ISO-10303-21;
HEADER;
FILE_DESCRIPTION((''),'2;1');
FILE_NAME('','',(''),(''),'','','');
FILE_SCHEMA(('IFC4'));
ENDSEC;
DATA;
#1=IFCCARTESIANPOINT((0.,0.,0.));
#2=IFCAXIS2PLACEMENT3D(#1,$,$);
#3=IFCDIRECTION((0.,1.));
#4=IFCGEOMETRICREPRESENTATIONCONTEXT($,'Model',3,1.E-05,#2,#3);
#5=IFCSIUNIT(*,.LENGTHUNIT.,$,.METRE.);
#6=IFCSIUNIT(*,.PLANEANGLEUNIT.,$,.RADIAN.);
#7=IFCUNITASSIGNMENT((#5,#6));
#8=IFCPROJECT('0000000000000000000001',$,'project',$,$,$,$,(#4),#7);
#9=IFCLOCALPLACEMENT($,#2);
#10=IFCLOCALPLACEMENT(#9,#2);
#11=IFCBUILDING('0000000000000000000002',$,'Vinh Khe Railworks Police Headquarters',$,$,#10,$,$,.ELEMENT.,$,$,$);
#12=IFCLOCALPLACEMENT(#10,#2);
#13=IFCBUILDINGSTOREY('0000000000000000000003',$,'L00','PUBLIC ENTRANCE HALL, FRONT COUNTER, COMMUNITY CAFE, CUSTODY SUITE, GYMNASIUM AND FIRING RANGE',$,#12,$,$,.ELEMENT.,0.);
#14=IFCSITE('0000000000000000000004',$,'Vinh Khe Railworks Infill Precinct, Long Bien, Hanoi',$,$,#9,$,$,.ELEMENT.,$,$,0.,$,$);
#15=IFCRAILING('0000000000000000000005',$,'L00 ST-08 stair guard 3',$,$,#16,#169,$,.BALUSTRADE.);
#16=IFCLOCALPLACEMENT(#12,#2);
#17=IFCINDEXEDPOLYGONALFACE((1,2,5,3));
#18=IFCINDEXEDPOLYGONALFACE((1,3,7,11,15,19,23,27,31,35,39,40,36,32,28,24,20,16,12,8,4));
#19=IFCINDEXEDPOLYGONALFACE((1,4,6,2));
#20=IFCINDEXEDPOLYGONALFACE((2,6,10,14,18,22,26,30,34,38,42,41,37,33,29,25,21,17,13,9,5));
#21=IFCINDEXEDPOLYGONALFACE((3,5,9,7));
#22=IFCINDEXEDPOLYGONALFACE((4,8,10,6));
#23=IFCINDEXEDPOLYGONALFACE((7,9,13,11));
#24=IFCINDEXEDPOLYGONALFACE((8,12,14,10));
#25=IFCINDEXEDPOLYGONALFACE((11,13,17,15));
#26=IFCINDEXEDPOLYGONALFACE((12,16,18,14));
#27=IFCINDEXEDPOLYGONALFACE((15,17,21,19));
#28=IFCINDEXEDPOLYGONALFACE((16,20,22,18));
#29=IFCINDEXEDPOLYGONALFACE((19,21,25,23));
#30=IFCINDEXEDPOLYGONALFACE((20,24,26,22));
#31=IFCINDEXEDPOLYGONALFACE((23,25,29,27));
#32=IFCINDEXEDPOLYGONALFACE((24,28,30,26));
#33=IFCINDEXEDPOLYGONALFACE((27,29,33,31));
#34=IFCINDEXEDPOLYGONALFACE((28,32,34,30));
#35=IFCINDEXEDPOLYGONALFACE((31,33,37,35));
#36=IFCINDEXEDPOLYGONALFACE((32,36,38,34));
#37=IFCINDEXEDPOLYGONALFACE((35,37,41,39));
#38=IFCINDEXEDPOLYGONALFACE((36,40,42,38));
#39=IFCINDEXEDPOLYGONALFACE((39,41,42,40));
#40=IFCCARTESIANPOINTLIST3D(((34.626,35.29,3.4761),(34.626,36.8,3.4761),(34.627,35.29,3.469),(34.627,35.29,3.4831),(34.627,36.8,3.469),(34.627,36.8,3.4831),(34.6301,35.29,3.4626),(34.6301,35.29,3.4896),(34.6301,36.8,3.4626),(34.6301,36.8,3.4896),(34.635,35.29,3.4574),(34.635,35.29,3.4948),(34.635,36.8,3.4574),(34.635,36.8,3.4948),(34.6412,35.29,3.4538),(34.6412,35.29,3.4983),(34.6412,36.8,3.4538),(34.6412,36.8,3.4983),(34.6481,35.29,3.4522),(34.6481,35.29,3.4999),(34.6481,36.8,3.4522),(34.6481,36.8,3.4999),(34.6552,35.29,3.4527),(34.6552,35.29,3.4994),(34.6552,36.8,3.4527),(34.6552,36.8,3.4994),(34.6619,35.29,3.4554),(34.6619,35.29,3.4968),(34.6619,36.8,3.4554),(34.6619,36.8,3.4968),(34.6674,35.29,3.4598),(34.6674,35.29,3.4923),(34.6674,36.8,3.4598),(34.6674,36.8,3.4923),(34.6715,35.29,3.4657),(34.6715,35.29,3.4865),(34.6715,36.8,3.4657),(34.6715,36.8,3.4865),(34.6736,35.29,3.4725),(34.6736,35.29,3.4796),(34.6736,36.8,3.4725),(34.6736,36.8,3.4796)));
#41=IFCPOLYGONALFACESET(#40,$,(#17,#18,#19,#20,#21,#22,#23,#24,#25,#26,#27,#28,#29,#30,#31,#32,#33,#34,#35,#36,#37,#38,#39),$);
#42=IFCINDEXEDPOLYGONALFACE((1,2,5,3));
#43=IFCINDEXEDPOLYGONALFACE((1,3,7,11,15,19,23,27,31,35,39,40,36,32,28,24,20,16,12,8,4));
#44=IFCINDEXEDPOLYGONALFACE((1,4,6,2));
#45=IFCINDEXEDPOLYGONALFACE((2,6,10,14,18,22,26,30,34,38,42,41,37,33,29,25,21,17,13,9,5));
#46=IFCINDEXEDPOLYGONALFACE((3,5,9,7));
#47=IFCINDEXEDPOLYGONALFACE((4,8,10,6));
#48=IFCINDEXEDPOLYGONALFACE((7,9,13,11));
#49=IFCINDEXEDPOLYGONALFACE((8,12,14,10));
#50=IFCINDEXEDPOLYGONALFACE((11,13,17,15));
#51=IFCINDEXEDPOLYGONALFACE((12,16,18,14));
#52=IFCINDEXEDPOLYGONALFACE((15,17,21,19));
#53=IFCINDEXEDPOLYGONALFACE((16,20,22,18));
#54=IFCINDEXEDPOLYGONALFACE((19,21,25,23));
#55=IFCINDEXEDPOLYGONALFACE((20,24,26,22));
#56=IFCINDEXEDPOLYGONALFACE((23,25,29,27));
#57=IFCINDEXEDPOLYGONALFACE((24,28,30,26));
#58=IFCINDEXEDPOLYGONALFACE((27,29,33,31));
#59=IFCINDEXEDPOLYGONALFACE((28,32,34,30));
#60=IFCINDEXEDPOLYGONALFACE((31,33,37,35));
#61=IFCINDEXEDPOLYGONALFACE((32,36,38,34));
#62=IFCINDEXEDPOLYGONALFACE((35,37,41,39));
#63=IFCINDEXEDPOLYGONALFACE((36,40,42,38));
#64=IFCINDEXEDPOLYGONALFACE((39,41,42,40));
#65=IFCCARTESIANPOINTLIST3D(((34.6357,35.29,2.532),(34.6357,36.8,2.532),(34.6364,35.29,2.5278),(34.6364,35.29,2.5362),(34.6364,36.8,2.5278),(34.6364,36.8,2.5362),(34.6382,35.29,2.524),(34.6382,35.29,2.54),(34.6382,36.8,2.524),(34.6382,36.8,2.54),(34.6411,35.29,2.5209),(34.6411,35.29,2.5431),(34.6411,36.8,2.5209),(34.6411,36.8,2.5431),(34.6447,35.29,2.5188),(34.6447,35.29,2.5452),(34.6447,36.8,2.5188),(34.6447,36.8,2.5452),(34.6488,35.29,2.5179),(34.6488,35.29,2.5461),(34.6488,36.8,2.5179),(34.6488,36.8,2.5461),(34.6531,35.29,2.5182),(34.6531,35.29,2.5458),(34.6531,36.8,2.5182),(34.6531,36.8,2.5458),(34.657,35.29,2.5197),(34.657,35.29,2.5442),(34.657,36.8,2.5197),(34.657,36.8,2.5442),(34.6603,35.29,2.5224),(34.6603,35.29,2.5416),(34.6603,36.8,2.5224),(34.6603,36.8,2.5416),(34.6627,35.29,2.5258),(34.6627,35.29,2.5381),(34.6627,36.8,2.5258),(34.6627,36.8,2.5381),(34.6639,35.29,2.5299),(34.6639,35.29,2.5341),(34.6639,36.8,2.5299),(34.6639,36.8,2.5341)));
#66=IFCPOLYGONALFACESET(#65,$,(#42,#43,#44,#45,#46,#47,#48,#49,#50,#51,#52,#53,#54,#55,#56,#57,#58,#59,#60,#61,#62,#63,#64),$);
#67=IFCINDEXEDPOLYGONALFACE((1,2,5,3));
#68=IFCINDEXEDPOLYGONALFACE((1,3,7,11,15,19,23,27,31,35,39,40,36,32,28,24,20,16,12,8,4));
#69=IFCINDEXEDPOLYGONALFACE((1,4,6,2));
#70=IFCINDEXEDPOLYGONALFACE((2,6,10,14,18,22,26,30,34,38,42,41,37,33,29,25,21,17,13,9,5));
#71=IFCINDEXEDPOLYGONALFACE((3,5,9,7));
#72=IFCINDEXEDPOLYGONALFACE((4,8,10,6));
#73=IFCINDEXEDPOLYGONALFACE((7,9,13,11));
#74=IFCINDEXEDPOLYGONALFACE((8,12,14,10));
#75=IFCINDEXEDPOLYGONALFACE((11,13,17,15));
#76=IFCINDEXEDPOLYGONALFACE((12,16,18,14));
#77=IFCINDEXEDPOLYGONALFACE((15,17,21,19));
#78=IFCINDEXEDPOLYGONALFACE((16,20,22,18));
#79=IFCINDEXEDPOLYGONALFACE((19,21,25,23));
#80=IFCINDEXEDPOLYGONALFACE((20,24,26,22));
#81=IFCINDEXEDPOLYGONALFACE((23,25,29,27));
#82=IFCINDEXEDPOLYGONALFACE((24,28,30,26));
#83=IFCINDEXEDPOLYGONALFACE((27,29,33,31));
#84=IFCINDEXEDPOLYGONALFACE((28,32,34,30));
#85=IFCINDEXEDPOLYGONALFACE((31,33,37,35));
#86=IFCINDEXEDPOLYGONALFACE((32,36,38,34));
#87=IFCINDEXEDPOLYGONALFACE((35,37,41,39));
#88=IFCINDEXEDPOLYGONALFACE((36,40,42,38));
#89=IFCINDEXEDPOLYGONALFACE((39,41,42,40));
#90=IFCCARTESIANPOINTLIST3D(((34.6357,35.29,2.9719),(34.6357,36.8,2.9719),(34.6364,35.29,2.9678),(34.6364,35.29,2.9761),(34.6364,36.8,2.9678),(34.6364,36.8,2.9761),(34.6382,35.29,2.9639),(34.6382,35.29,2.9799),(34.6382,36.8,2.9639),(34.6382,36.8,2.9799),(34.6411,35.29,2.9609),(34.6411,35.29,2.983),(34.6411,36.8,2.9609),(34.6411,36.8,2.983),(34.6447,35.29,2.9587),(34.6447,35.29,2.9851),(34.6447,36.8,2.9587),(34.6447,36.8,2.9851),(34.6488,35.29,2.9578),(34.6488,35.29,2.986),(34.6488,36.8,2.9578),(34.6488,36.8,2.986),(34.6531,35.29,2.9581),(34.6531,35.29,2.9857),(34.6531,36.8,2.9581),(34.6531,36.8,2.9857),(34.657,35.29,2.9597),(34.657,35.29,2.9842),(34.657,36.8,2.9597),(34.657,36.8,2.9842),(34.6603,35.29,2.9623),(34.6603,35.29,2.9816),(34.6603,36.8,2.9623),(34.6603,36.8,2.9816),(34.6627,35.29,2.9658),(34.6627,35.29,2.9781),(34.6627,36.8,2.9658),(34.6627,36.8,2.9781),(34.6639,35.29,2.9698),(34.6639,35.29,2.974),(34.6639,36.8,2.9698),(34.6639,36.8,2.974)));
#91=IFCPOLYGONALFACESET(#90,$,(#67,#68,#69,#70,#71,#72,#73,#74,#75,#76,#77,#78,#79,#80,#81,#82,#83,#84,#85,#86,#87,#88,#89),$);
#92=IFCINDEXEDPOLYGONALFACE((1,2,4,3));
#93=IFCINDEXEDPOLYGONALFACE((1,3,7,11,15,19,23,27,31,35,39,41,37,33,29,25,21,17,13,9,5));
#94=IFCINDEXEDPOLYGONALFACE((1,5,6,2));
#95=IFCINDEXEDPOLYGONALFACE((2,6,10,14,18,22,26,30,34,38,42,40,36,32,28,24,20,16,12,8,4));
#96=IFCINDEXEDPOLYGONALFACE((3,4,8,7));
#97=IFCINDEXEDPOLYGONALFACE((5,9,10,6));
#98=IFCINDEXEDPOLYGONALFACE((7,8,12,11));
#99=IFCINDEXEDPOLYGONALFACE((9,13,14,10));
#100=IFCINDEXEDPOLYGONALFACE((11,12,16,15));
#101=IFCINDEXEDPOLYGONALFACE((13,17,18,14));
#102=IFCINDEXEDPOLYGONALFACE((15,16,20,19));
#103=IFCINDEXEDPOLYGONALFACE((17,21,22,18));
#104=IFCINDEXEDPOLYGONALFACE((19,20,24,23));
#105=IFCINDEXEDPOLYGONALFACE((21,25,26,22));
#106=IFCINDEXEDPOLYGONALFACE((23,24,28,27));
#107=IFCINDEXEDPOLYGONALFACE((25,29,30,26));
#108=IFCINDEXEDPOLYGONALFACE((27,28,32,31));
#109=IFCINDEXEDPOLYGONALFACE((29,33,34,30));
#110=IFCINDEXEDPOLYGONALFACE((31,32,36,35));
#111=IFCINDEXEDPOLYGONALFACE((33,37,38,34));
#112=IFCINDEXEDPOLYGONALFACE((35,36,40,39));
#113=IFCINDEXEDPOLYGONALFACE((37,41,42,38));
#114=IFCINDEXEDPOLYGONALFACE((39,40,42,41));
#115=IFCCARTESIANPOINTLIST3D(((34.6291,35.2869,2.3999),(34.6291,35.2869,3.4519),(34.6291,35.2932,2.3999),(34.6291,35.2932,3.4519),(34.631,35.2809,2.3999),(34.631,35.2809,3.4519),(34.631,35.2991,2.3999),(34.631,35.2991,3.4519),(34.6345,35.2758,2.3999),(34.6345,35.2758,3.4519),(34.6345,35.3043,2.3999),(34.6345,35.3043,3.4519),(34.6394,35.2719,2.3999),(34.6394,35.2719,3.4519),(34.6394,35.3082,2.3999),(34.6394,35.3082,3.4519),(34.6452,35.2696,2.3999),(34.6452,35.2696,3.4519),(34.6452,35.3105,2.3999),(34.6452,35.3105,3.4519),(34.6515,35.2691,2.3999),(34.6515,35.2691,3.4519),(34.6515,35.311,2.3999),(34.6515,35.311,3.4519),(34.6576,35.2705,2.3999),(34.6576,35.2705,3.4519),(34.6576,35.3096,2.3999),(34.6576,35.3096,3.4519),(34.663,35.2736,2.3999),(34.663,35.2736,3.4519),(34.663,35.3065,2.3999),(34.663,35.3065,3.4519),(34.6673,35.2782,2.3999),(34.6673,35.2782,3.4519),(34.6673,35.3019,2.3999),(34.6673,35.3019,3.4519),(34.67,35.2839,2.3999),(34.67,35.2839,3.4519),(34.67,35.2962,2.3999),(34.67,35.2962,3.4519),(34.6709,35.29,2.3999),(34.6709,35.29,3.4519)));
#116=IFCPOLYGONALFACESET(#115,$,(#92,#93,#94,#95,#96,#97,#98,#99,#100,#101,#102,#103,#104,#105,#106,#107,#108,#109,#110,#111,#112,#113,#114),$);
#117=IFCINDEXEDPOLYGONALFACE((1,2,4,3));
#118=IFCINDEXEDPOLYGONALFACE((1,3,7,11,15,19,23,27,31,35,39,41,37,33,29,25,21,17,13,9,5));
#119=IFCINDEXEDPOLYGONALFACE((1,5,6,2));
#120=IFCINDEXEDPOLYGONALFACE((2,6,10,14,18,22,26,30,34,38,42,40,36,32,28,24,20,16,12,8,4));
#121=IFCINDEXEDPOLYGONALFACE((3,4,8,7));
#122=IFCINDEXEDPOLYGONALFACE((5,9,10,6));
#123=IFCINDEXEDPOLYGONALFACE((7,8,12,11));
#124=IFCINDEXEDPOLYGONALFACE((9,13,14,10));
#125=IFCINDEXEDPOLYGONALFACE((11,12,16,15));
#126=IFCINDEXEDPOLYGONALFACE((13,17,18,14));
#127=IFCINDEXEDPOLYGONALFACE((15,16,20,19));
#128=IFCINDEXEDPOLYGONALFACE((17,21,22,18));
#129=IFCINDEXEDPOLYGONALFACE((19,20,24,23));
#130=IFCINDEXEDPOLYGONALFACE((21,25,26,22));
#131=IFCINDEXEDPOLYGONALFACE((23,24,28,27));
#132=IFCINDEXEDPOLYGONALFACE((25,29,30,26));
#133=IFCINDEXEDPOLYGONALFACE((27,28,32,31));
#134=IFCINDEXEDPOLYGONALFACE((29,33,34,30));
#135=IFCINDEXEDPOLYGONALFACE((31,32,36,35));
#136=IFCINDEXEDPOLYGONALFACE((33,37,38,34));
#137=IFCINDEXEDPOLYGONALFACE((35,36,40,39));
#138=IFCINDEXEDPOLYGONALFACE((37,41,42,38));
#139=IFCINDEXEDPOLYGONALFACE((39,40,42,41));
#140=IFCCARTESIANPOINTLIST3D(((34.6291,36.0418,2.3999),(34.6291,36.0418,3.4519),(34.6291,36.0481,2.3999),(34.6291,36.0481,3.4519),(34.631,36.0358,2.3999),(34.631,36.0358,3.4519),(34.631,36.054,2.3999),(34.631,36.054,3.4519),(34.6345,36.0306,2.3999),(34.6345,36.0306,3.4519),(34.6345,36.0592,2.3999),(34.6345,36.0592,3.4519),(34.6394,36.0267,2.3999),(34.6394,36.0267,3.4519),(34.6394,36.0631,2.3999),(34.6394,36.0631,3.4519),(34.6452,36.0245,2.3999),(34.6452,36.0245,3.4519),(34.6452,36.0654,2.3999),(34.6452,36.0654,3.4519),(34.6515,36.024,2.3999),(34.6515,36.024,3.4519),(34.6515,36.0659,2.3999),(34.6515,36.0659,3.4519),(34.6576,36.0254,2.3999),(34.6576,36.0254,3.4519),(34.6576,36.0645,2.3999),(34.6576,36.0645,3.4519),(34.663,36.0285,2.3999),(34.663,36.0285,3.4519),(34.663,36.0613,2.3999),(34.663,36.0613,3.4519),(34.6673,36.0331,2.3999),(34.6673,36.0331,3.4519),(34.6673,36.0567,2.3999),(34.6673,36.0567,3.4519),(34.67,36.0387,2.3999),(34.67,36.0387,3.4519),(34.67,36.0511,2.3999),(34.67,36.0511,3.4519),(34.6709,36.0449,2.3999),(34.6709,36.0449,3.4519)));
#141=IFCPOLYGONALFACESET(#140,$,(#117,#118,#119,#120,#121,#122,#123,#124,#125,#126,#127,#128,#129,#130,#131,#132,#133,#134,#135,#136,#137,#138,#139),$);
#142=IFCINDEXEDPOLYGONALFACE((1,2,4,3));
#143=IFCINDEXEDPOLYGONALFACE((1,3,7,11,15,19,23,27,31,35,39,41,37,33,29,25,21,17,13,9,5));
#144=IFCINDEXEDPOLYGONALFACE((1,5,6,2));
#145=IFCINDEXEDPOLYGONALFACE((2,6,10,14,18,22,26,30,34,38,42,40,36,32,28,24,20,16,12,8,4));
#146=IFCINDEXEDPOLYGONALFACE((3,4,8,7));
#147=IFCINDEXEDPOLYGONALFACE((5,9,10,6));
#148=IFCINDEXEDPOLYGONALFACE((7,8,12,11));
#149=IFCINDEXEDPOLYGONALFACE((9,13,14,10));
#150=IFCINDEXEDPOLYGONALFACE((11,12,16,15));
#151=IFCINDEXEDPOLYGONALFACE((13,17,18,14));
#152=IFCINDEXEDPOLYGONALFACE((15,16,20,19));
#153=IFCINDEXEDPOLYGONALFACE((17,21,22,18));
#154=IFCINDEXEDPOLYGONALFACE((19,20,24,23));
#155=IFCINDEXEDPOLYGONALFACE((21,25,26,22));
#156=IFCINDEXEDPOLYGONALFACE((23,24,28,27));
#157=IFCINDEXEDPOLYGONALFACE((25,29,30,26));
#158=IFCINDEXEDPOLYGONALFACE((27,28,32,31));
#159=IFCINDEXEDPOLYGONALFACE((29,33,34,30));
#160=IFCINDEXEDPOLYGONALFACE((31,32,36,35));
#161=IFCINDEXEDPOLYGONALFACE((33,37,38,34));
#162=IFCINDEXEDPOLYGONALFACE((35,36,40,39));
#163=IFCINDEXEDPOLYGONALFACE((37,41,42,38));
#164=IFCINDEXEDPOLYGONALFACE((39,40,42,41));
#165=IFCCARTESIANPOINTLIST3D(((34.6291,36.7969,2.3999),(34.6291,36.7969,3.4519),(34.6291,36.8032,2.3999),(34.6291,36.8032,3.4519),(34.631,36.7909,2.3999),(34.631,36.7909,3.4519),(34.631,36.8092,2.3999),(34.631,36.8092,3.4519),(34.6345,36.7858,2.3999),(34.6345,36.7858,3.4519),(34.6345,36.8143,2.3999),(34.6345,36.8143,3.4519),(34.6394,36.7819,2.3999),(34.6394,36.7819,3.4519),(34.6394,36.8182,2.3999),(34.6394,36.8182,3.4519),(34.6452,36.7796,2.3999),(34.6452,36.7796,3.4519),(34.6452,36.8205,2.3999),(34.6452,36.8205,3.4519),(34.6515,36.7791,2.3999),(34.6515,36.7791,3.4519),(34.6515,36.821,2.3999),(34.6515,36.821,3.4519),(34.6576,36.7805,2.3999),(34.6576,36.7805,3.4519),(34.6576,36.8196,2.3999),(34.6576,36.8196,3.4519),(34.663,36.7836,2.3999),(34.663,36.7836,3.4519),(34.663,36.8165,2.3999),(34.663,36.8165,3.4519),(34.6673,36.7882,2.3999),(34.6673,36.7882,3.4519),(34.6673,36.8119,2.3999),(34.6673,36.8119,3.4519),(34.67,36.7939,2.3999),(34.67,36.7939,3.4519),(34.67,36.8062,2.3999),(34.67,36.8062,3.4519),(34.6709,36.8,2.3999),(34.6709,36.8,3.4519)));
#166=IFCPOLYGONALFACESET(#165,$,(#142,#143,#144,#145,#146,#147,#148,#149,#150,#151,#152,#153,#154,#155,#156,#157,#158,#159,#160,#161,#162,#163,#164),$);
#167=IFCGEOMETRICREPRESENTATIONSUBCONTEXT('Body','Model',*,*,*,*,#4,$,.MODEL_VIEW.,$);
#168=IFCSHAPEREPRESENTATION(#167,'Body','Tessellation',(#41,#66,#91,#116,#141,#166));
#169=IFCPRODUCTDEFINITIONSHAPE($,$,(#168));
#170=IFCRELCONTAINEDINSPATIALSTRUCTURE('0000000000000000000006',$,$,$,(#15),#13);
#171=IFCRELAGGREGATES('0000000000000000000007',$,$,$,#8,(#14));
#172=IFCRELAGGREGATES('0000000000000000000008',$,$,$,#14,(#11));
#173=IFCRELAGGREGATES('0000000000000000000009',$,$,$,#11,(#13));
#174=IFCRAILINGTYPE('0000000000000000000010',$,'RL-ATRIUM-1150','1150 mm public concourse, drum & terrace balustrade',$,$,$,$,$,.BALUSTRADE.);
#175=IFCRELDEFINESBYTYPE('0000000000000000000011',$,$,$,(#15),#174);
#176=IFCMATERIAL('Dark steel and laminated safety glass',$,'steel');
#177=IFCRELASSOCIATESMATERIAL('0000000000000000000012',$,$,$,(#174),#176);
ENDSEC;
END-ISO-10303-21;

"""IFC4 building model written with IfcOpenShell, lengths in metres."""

from ifc_helpers import new_model, si_unit, direction, frame, origin, origin_2d, place, context, subcontext, project, spatial, circle, extrude, material, type_object, element, save


model = new_model("IFC4")

# Units and contexts
model_context = context("Model", 3, precision=1e-05, world=origin(), true_north=direction((0.0, 1.0)))
body_context = subcontext(model_context, "Body", "Model", "MODEL_VIEW")
ifc_project = project(units=[si_unit("LENGTHUNIT", "METRE"), si_unit("PLANEANGLEUNIT", "RADIAN")], contexts=[model_context])

# Site, building, storey
site_placement = place(None, origin())
site = spatial("IfcSite", under=ifc_project, at=site_placement, Name="Vinh Khe Railworks Infill Precinct, Long Bien, Hanoi", CompositionType="ELEMENT", RefElevation=0.0)
building_placement = place(site_placement, origin())
building = spatial("IfcBuilding", under=site, at=building_placement, Name="Vinh Khe Railworks Police Headquarters", CompositionType="ELEMENT")
storey_placement = place(building_placement, origin())
storey = spatial("IfcBuildingStorey", under=building, at=storey_placement, Name="L00", Description="PUBLIC ENTRANCE HALL, FRONT COUNTER, COMMUNITY CAFE, CUSTODY SUITE, GYMNASIUM AND FIRING RANGE", CompositionType="ELEMENT", Elevation=0.0)

# Railing
ifc_material_1 = material(Name="Dark steel and laminated safety glass", Category="steel")
railing_type_1 = type_object("IfcRailingType", Name="RL-ATRIUM-1150", Description="1150 mm public concourse, drum & terrace balustrade", PredefinedType="BALUSTRADE", material=ifc_material_1)
for number, where, name in (
    (1, (34.6499, 35.29, 2.3999), "L00 ST-08 stair guard 3"),
):
    element("IfcRailing", number, at=place(storey_placement, frame(where)), inside=storey, type_object=railing_type_1, Name=name, PredefinedType="BALUSTRADE", context=body_context, shape_type="SweptSolid", body=[
        extrude(circle(Radius=0.0239, at=origin_2d()), frame((0.0, 0.0, 1.0762), z_axis=(0.0, 1.0, 0.0), x_axis=(-1.0, 0.0, 0.0)), (0.0, 0.0, 1.0), 1.51),
        extrude(circle(Radius=0.0142, at=origin_2d()), frame((0.0, 0.0, 0.1321), z_axis=(0.0, 1.0, 0.0), x_axis=(-1.0, 0.0, 0.0)), (0.0, 0.0, 1.0), 1.51),
        extrude(circle(Radius=0.0142, at=origin_2d()), frame((0.0, 0.0, 0.572), z_axis=(0.0, 1.0, 0.0), x_axis=(-1.0, 0.0, 0.0)), (0.0, 0.0, 1.0), 1.51),
        extrude(circle(Radius=0.021, at=origin_2d()), origin(), (0.0, 0.0, 1.0), 1.052),
        extrude(circle(Radius=0.021, at=origin_2d()), frame((0.0, 0.7549, 0.0)), (0.0, 0.0, 1.0), 1.052),
        extrude(circle(Radius=0.021, at=origin_2d()), frame((0.0, 1.51, 0.0)), (0.0, 0.0, 1.0), 1.052),
    ])

save(model, "model.ifc")
